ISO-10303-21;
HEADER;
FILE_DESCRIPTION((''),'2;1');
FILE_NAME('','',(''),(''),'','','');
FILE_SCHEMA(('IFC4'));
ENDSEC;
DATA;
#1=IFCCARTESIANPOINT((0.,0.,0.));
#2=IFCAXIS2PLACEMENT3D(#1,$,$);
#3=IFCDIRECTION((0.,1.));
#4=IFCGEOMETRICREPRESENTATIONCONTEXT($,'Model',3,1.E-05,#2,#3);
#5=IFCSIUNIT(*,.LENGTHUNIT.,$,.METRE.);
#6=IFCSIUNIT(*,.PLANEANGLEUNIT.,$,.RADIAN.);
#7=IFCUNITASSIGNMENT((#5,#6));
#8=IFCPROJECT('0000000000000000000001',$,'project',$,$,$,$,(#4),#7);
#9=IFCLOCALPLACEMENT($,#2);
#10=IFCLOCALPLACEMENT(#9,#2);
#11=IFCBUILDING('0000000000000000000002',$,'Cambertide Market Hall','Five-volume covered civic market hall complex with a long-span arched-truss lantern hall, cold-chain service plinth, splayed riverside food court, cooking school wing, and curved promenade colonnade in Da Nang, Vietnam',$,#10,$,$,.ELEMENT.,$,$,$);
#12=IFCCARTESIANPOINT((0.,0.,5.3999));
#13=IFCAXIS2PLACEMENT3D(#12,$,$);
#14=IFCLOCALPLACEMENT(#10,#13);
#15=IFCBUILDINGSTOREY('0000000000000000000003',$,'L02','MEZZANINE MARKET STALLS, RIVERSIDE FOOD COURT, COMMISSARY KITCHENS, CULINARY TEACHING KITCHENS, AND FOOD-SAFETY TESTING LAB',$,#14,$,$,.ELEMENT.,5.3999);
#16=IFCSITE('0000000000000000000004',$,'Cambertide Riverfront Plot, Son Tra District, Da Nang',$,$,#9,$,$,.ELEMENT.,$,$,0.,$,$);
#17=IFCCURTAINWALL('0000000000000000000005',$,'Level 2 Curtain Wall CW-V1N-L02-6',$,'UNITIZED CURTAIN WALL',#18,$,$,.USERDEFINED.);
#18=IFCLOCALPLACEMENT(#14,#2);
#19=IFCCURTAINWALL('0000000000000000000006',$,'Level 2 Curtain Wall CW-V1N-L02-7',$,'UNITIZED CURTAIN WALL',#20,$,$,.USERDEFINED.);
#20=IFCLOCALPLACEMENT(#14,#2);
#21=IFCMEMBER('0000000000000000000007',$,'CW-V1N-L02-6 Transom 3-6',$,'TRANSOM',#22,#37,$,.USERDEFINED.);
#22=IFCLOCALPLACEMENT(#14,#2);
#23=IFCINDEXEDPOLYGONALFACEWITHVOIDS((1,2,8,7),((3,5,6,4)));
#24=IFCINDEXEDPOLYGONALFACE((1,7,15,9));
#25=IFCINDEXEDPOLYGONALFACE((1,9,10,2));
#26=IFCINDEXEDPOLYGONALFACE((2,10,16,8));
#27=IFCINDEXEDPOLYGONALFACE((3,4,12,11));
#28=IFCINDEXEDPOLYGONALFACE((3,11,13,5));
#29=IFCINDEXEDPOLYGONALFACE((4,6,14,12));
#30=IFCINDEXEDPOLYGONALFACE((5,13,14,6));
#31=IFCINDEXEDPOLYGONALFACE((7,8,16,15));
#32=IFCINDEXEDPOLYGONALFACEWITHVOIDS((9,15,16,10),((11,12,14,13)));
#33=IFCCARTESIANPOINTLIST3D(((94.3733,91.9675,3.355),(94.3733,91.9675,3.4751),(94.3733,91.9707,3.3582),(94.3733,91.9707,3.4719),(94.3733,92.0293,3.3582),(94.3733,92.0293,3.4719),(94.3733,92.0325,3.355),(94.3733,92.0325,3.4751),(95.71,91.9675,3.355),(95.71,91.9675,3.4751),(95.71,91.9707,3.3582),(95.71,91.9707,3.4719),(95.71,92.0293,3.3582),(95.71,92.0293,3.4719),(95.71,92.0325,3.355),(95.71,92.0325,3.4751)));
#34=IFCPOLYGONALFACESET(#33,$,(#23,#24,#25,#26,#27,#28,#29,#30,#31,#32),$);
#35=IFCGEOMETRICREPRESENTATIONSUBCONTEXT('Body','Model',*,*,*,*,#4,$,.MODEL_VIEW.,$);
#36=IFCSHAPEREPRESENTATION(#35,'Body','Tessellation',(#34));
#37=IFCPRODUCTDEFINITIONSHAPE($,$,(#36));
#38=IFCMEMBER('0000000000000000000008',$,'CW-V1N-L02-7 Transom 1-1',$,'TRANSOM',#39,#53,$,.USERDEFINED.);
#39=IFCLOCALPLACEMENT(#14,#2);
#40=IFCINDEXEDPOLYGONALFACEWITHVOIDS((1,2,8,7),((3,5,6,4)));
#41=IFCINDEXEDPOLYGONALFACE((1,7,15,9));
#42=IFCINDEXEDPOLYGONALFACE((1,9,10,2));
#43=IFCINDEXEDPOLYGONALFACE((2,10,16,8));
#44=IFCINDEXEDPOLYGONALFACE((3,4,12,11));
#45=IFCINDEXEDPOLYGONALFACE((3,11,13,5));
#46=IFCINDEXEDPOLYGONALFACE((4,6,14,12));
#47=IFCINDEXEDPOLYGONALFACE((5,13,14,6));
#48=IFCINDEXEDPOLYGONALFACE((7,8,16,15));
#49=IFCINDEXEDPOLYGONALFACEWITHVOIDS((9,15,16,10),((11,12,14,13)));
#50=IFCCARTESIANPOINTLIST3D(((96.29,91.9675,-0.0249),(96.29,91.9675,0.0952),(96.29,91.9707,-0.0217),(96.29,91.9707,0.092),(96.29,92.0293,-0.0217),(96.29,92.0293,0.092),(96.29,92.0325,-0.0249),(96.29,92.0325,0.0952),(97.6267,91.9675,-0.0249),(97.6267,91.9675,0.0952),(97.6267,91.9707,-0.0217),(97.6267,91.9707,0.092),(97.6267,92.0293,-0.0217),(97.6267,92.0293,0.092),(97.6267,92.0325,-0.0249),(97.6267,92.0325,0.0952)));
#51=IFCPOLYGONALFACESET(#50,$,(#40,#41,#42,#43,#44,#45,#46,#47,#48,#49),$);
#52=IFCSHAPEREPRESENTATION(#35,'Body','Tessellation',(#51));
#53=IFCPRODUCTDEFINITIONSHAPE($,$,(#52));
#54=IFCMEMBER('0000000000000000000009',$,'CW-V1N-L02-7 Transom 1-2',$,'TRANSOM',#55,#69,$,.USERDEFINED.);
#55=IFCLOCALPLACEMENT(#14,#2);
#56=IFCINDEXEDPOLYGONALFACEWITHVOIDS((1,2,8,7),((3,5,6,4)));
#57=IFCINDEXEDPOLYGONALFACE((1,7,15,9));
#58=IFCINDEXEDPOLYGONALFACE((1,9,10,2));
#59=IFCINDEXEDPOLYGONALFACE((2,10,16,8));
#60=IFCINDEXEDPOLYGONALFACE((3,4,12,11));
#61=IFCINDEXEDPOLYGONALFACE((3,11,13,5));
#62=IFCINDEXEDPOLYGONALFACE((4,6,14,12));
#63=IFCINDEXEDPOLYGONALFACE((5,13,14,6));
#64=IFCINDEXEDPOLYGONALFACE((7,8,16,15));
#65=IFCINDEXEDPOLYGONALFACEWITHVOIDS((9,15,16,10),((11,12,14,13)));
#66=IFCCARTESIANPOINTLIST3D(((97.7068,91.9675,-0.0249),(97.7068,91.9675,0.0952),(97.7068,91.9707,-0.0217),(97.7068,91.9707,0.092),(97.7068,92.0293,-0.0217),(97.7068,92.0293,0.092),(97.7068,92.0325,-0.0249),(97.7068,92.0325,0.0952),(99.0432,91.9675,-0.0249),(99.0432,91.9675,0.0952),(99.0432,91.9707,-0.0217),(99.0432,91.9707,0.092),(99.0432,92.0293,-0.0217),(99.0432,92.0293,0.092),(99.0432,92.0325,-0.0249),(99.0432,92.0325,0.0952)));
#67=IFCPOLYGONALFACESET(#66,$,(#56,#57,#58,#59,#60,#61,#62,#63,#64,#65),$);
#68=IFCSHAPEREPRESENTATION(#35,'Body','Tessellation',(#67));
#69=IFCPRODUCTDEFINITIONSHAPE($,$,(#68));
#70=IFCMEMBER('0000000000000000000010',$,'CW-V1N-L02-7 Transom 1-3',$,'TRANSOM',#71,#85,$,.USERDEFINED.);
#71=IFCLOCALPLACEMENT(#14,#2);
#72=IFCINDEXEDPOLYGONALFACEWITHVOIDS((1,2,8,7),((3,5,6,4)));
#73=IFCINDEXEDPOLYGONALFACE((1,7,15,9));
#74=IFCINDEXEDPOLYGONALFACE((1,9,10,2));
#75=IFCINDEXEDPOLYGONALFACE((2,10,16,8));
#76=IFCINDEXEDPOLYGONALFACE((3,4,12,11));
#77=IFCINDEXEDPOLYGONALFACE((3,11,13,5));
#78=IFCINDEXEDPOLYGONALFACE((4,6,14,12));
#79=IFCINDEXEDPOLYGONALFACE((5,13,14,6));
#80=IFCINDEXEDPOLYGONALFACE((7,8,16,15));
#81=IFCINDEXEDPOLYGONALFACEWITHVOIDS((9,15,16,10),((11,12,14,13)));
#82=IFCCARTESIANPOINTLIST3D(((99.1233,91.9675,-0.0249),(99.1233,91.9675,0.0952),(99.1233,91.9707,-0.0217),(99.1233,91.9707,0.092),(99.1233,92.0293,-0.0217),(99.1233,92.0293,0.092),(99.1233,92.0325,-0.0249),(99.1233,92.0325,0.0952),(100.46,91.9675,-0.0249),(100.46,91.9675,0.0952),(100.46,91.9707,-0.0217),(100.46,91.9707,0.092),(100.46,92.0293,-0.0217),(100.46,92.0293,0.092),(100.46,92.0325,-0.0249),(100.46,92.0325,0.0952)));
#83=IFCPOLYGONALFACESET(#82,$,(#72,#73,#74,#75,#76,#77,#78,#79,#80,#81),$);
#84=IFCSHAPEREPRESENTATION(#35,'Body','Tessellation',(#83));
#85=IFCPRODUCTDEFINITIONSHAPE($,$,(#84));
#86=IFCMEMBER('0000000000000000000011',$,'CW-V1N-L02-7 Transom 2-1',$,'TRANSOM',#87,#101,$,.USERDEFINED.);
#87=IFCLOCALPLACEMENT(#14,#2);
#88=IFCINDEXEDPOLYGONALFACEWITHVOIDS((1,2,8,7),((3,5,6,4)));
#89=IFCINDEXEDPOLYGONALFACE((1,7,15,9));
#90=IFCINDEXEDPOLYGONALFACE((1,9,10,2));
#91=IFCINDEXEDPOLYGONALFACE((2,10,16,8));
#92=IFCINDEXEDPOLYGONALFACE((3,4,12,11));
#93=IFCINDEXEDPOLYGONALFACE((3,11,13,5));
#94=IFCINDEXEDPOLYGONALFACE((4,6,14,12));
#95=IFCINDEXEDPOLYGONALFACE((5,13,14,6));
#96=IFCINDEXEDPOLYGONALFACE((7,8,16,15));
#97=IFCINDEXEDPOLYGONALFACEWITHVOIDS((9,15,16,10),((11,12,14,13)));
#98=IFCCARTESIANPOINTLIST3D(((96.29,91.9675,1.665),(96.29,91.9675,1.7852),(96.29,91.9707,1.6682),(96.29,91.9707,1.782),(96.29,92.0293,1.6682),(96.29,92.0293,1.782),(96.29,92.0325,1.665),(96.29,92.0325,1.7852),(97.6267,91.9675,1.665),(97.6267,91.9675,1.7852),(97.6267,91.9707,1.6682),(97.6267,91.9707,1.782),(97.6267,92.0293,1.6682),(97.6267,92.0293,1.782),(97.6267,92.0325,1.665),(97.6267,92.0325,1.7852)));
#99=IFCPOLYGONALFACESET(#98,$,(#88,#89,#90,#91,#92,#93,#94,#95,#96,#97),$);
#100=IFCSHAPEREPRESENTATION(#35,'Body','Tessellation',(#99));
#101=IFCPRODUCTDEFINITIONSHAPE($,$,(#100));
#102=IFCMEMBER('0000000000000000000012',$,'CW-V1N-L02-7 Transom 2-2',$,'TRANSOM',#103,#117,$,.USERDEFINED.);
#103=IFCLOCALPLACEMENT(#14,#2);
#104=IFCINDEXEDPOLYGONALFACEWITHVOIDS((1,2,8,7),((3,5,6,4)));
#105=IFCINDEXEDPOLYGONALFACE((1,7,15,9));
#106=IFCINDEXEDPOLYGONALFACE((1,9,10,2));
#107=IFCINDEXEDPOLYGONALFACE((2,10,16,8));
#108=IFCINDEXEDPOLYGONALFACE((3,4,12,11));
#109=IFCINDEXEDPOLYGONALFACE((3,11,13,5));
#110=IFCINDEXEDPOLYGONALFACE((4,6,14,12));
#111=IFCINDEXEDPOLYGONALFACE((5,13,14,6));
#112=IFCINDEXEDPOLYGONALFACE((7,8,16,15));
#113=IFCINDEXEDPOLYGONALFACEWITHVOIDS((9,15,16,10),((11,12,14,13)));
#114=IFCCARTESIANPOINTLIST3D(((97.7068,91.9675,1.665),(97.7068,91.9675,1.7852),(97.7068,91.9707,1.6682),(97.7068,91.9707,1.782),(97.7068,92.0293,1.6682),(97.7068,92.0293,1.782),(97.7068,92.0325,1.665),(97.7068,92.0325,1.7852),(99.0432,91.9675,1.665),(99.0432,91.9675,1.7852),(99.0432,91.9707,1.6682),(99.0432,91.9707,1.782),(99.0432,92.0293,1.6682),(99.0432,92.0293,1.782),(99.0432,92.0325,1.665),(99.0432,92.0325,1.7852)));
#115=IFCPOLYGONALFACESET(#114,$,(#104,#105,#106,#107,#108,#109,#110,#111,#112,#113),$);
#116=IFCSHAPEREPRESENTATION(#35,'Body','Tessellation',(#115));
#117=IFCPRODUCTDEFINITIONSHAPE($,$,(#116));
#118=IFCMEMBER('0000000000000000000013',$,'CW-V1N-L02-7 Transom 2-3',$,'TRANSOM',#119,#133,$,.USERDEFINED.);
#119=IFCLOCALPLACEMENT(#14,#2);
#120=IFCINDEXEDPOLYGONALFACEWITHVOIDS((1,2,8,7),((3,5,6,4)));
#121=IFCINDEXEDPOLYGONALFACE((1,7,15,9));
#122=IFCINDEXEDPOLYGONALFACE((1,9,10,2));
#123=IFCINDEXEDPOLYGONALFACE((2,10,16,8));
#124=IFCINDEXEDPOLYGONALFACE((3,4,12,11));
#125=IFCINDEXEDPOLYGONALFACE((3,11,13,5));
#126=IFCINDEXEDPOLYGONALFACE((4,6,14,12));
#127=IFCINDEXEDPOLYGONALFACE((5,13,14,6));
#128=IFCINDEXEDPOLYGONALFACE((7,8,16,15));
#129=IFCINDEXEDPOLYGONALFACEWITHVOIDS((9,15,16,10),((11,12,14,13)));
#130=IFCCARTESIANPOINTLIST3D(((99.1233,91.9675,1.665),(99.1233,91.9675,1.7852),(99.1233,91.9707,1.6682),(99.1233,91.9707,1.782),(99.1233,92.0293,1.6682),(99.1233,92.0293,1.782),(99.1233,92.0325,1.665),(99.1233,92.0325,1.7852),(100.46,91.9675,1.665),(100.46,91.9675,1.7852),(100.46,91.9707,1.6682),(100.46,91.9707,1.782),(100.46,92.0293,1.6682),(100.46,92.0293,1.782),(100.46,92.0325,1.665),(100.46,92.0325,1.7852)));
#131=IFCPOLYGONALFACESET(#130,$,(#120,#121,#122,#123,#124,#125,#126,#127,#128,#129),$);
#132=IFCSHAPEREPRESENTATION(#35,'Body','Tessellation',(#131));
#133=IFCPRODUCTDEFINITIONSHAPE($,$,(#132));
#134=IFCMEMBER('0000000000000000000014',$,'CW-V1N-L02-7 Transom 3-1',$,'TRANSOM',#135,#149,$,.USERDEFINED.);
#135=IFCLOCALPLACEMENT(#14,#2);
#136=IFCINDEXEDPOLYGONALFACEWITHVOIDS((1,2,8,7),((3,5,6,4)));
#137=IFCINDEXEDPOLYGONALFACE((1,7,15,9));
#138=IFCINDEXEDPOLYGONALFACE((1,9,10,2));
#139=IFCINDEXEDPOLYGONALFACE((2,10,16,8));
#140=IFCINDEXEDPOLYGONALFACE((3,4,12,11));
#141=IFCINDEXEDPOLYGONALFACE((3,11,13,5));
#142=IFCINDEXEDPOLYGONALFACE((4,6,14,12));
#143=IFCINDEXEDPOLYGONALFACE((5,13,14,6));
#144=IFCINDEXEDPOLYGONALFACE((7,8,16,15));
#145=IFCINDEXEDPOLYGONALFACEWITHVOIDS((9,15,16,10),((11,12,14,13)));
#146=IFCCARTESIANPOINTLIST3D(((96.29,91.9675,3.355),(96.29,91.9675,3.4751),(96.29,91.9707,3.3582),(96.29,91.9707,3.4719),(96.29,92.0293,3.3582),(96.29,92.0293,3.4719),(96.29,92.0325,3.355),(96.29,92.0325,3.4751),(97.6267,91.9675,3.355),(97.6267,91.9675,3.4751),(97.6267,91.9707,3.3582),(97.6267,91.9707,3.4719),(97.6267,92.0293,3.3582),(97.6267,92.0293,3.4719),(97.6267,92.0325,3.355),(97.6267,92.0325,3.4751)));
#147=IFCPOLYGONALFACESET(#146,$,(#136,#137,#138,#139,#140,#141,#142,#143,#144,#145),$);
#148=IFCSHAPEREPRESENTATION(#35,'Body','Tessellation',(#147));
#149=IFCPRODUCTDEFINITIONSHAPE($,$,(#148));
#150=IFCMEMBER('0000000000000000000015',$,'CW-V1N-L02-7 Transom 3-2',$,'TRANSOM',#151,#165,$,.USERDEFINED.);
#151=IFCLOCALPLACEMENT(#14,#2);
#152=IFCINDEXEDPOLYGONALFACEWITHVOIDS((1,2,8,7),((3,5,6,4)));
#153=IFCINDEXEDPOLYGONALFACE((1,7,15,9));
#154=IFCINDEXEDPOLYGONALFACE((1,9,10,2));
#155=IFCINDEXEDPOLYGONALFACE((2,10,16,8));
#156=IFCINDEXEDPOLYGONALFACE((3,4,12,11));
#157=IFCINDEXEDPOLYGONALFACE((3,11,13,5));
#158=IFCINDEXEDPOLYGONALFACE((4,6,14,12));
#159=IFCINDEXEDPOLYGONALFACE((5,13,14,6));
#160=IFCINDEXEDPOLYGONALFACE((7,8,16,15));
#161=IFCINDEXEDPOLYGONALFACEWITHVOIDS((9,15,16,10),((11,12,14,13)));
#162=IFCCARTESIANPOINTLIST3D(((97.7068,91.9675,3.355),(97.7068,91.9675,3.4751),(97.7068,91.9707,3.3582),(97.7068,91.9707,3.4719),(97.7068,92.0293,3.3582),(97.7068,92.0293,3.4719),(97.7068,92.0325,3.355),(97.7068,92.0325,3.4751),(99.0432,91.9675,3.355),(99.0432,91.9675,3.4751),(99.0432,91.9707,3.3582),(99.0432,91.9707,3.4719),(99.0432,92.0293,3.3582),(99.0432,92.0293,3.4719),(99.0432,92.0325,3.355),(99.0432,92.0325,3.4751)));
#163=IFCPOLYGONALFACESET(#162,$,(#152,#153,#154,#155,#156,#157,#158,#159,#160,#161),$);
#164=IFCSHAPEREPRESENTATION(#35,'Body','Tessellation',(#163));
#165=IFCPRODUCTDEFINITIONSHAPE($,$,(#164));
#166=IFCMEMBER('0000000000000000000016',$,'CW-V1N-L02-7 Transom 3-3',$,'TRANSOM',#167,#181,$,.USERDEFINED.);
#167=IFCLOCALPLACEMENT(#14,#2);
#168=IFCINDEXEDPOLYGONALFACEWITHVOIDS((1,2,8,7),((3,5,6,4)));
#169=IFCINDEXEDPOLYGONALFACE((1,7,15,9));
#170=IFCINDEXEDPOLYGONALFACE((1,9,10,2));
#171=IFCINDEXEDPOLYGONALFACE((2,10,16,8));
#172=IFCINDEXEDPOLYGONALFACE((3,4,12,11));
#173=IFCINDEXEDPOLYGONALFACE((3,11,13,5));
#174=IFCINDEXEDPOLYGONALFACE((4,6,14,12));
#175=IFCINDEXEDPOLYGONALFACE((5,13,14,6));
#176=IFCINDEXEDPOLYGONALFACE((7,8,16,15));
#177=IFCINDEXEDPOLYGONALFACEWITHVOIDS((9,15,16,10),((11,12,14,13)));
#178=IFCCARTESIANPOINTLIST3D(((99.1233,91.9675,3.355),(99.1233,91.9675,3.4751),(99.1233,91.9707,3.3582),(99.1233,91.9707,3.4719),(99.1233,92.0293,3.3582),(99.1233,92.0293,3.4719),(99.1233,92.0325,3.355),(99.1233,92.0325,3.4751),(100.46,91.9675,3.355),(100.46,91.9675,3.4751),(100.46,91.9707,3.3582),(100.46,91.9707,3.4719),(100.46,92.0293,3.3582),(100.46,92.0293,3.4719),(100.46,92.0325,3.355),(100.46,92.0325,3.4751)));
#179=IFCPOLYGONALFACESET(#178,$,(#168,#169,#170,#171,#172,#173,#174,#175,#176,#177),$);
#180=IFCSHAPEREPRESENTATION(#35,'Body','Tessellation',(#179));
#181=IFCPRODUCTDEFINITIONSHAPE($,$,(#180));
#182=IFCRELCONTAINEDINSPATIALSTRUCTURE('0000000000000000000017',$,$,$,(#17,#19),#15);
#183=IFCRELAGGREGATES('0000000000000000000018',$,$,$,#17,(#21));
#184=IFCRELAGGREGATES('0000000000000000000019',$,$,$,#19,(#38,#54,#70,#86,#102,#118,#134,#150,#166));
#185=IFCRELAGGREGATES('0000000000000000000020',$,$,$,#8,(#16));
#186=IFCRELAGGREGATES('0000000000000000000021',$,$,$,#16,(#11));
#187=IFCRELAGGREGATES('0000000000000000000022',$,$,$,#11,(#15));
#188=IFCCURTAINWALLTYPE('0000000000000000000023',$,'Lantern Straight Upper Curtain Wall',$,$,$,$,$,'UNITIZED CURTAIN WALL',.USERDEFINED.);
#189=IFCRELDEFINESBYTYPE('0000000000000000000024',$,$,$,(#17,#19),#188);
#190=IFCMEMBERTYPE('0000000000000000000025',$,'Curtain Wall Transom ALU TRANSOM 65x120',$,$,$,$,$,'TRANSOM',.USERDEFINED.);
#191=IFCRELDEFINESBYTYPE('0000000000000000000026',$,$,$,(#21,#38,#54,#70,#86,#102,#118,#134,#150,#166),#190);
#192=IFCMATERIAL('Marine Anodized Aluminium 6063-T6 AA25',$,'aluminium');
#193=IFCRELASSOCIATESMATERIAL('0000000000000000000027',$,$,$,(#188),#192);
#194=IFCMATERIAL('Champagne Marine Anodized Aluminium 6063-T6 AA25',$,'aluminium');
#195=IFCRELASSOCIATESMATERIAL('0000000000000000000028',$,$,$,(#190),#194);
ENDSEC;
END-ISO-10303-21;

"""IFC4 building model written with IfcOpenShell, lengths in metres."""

from ifc_helpers import new_model, si_unit, direction, frame, origin, origin_2d, place, context, subcontext, project, spatial, hollow_rectangle, extrude, material, material_profile, profile_set, type_object, element, aggregate, save


model = new_model("IFC4")

# Units and contexts
model_context = context("Model", 3, precision=1e-05, world=origin(), true_north=direction((0.0, 1.0)))
body_context = subcontext(model_context, "Body", "Model", "MODEL_VIEW")
ifc_project = project(units=[si_unit("LENGTHUNIT", "METRE"), si_unit("PLANEANGLEUNIT", "RADIAN")], contexts=[model_context])

# Site, building, storey
site_placement = place(None, origin())
site = spatial("IfcSite", under=ifc_project, at=site_placement, Name="Cambertide Riverfront Plot, Son Tra District, Da Nang", CompositionType="ELEMENT", RefElevation=0.0)
building_placement = place(site_placement, origin())
building = spatial("IfcBuilding", under=site, at=building_placement, Name="Cambertide Market Hall", Description="Five-volume covered civic market hall complex with a long-span arched-truss lantern hall, cold-chain service plinth, splayed riverside food court, cooking school wing, and curved promenade colonnade in Da Nang, Vietnam", CompositionType="ELEMENT")
storey_placement = place(building_placement, frame((0.0, 0.0, 5.3999)))
storey = spatial("IfcBuildingStorey", under=building, at=storey_placement, Name="L02", Description="MEZZANINE MARKET STALLS, RIVERSIDE FOOD COURT, COMMISSARY KITCHENS, CULINARY TEACHING KITCHENS, AND FOOD-SAFETY TESTING LAB", CompositionType="ELEMENT", Elevation=5.3999)

# Curtain walls
ifc_material_1 = material(Name="Marine Anodized Aluminium 6063-T6 AA25", Category="aluminium")
curtain_wall_type = type_object("IfcCurtainWallType", Name="Lantern Straight Upper Curtain Wall", ElementType="UNITIZED CURTAIN WALL", PredefinedType="USERDEFINED", material=ifc_material_1)
curtain_wall_1_placement = place(storey_placement, origin())
curtain_wall_1 = element("IfcCurtainWall", 1, at=curtain_wall_1_placement, inside=storey, type_object=curtain_wall_type, Name="Level 2 Curtain Wall CW-V1N-L02-6", ObjectType="UNITIZED CURTAIN WALL", PredefinedType="USERDEFINED")
curtain_wall_2_placement = place(storey_placement, origin())
curtain_wall_2 = element("IfcCurtainWall", 2, at=curtain_wall_2_placement, inside=storey, type_object=curtain_wall_type, Name="Level 2 Curtain Wall CW-V1N-L02-7", ObjectType="UNITIZED CURTAIN WALL", PredefinedType="USERDEFINED")

# Members
ifc_material_2 = material(Name="Champagne Marine Anodized Aluminium 6063-T6 AA25", Category="aluminium")
ifc_material_profile_1 = material_profile(ifc_material_2, hollow_rectangle(XDim=0.0649, YDim=0.1201, WallThickness=0.0032, at=origin_2d()), Name="ALU TRANSOM 65x120")
ifc_profile_set_1 = profile_set([ifc_material_profile_1], Name="Champagne Marine Anodized Aluminium 6063-T6 AA25")
member_type_1 = type_object("IfcMemberType", Name="Curtain Wall Transom ALU TRANSOM 65x120", ElementType="TRANSOM", PredefinedType="USERDEFINED", material=ifc_profile_set_1)
member_1_placement = place(storey_placement, frame((94.3733, 92.0, 3.415), z_axis=(1.0, 0.0, 0.0), x_axis=(0.0, 1.0, 0.0)))
member_1 = element("IfcMember", 3, at=member_1_placement, type_object=member_type_1, Name="CW-V1N-L02-6 Transom 3-6", ObjectType="TRANSOM", PredefinedType="USERDEFINED", context=body_context, shape_type="SweptSolid", body=[
    extrude(hollow_rectangle(XDim=0.0649, YDim=0.1201, WallThickness=0.0032, at=origin_2d()), origin(), (0.0, 0.0, 1.0), 1.3367),
])
member_2_placement = place(storey_placement, frame((96.29, 92.0, 0.0352), z_axis=(1.0, 0.0, 0.0), x_axis=(0.0, 1.0, 0.0)))
member_2 = element("IfcMember", 4, at=member_2_placement, type_object=member_type_1, Name="CW-V1N-L02-7 Transom 1-1", ObjectType="TRANSOM", PredefinedType="USERDEFINED", context=body_context, shape_type="SweptSolid", body=[
    extrude(hollow_rectangle(XDim=0.0649, YDim=0.1201, WallThickness=0.0032, at=origin_2d()), origin(), (0.0, 0.0, 1.0), 1.3367),
])
member_3_placement = place(storey_placement, frame((97.7068, 92.0, 0.0352), z_axis=(1.0, 0.0, 0.0), x_axis=(0.0, 1.0, 0.0)))
member_3 = element("IfcMember", 5, at=member_3_placement, type_object=member_type_1, Name="CW-V1N-L02-7 Transom 1-2", ObjectType="TRANSOM", PredefinedType="USERDEFINED", context=body_context, shape_type="SweptSolid", body=[
    extrude(hollow_rectangle(XDim=0.0649, YDim=0.1201, WallThickness=0.0032, at=origin_2d()), origin(), (0.0, 0.0, 1.0), 1.3364),
])
member_4_placement = place(storey_placement, frame((99.1233, 92.0, 0.0352), z_axis=(1.0, 0.0, 0.0), x_axis=(0.0, 1.0, 0.0)))
member_4 = element("IfcMember", 6, at=member_4_placement, type_object=member_type_1, Name="CW-V1N-L02-7 Transom 1-3", ObjectType="TRANSOM", PredefinedType="USERDEFINED", context=body_context, shape_type="SweptSolid", body=[
    extrude(hollow_rectangle(XDim=0.0649, YDim=0.1201, WallThickness=0.0032, at=origin_2d()), origin(), (0.0, 0.0, 1.0), 1.3367),
])
member_5_placement = place(storey_placement, frame((96.29, 92.0, 1.7251), z_axis=(1.0, 0.0, 0.0), x_axis=(0.0, 1.0, 0.0)))
member_5 = element("IfcMember", 7, at=member_5_placement, type_object=member_type_1, Name="CW-V1N-L02-7 Transom 2-1", ObjectType="TRANSOM", PredefinedType="USERDEFINED", context=body_context, shape_type="SweptSolid", body=[
    extrude(hollow_rectangle(XDim=0.0649, YDim=0.1201, WallThickness=0.0032, at=origin_2d()), origin(), (0.0, 0.0, 1.0), 1.3367),
])
member_6_placement = place(storey_placement, frame((97.7068, 92.0, 1.7251), z_axis=(1.0, 0.0, 0.0), x_axis=(0.0, 1.0, 0.0)))
member_6 = element("IfcMember", 8, at=member_6_placement, type_object=member_type_1, Name="CW-V1N-L02-7 Transom 2-2", ObjectType="TRANSOM", PredefinedType="USERDEFINED", context=body_context, shape_type="SweptSolid", body=[
    extrude(hollow_rectangle(XDim=0.0649, YDim=0.1201, WallThickness=0.0032, at=origin_2d()), origin(), (0.0, 0.0, 1.0), 1.3364),
])
member_7_placement = place(storey_placement, frame((99.1233, 92.0, 1.7251), z_axis=(1.0, 0.0, 0.0), x_axis=(0.0, 1.0, 0.0)))
member_7 = element("IfcMember", 9, at=member_7_placement, type_object=member_type_1, Name="CW-V1N-L02-7 Transom 2-3", ObjectType="TRANSOM", PredefinedType="USERDEFINED", context=body_context, shape_type="SweptSolid", body=[
    extrude(hollow_rectangle(XDim=0.0649, YDim=0.1201, WallThickness=0.0032, at=origin_2d()), origin(), (0.0, 0.0, 1.0), 1.3367),
])
member_8_placement = place(storey_placement, frame((96.29, 92.0, 3.415), z_axis=(1.0, 0.0, 0.0), x_axis=(0.0, 1.0, 0.0)))
member_8 = element("IfcMember", 10, at=member_8_placement, type_object=member_type_1, Name="CW-V1N-L02-7 Transom 3-1", ObjectType="TRANSOM", PredefinedType="USERDEFINED", context=body_context, shape_type="SweptSolid", body=[
    extrude(hollow_rectangle(XDim=0.0649, YDim=0.1201, WallThickness=0.0032, at=origin_2d()), origin(), (0.0, 0.0, 1.0), 1.3367),
])
member_9_placement = place(storey_placement, frame((97.7068, 92.0, 3.415), z_axis=(1.0, 0.0, 0.0), x_axis=(0.0, 1.0, 0.0)))
member_9 = element("IfcMember", 11, at=member_9_placement, type_object=member_type_1, Name="CW-V1N-L02-7 Transom 3-2", ObjectType="TRANSOM", PredefinedType="USERDEFINED", context=body_context, shape_type="SweptSolid", body=[
    extrude(hollow_rectangle(XDim=0.0649, YDim=0.1201, WallThickness=0.0032, at=origin_2d()), origin(), (0.0, 0.0, 1.0), 1.3364),
])
member_10_placement = place(storey_placement, frame((99.1233, 92.0, 3.415), z_axis=(1.0, 0.0, 0.0), x_axis=(0.0, 1.0, 0.0)))
member_10 = element("IfcMember", 12, at=member_10_placement, type_object=member_type_1, Name="CW-V1N-L02-7 Transom 3-3", ObjectType="TRANSOM", PredefinedType="USERDEFINED", context=body_context, shape_type="SweptSolid", body=[
    extrude(hollow_rectangle(XDim=0.0649, YDim=0.1201, WallThickness=0.0032, at=origin_2d()), origin(), (0.0, 0.0, 1.0), 1.3367),
])

aggregate(curtain_wall_1, [member_1])
aggregate(curtain_wall_2, [member_2, member_3, member_4, member_5, member_6, member_7, member_8, member_9, member_10])

save(model, "model.ifc")
